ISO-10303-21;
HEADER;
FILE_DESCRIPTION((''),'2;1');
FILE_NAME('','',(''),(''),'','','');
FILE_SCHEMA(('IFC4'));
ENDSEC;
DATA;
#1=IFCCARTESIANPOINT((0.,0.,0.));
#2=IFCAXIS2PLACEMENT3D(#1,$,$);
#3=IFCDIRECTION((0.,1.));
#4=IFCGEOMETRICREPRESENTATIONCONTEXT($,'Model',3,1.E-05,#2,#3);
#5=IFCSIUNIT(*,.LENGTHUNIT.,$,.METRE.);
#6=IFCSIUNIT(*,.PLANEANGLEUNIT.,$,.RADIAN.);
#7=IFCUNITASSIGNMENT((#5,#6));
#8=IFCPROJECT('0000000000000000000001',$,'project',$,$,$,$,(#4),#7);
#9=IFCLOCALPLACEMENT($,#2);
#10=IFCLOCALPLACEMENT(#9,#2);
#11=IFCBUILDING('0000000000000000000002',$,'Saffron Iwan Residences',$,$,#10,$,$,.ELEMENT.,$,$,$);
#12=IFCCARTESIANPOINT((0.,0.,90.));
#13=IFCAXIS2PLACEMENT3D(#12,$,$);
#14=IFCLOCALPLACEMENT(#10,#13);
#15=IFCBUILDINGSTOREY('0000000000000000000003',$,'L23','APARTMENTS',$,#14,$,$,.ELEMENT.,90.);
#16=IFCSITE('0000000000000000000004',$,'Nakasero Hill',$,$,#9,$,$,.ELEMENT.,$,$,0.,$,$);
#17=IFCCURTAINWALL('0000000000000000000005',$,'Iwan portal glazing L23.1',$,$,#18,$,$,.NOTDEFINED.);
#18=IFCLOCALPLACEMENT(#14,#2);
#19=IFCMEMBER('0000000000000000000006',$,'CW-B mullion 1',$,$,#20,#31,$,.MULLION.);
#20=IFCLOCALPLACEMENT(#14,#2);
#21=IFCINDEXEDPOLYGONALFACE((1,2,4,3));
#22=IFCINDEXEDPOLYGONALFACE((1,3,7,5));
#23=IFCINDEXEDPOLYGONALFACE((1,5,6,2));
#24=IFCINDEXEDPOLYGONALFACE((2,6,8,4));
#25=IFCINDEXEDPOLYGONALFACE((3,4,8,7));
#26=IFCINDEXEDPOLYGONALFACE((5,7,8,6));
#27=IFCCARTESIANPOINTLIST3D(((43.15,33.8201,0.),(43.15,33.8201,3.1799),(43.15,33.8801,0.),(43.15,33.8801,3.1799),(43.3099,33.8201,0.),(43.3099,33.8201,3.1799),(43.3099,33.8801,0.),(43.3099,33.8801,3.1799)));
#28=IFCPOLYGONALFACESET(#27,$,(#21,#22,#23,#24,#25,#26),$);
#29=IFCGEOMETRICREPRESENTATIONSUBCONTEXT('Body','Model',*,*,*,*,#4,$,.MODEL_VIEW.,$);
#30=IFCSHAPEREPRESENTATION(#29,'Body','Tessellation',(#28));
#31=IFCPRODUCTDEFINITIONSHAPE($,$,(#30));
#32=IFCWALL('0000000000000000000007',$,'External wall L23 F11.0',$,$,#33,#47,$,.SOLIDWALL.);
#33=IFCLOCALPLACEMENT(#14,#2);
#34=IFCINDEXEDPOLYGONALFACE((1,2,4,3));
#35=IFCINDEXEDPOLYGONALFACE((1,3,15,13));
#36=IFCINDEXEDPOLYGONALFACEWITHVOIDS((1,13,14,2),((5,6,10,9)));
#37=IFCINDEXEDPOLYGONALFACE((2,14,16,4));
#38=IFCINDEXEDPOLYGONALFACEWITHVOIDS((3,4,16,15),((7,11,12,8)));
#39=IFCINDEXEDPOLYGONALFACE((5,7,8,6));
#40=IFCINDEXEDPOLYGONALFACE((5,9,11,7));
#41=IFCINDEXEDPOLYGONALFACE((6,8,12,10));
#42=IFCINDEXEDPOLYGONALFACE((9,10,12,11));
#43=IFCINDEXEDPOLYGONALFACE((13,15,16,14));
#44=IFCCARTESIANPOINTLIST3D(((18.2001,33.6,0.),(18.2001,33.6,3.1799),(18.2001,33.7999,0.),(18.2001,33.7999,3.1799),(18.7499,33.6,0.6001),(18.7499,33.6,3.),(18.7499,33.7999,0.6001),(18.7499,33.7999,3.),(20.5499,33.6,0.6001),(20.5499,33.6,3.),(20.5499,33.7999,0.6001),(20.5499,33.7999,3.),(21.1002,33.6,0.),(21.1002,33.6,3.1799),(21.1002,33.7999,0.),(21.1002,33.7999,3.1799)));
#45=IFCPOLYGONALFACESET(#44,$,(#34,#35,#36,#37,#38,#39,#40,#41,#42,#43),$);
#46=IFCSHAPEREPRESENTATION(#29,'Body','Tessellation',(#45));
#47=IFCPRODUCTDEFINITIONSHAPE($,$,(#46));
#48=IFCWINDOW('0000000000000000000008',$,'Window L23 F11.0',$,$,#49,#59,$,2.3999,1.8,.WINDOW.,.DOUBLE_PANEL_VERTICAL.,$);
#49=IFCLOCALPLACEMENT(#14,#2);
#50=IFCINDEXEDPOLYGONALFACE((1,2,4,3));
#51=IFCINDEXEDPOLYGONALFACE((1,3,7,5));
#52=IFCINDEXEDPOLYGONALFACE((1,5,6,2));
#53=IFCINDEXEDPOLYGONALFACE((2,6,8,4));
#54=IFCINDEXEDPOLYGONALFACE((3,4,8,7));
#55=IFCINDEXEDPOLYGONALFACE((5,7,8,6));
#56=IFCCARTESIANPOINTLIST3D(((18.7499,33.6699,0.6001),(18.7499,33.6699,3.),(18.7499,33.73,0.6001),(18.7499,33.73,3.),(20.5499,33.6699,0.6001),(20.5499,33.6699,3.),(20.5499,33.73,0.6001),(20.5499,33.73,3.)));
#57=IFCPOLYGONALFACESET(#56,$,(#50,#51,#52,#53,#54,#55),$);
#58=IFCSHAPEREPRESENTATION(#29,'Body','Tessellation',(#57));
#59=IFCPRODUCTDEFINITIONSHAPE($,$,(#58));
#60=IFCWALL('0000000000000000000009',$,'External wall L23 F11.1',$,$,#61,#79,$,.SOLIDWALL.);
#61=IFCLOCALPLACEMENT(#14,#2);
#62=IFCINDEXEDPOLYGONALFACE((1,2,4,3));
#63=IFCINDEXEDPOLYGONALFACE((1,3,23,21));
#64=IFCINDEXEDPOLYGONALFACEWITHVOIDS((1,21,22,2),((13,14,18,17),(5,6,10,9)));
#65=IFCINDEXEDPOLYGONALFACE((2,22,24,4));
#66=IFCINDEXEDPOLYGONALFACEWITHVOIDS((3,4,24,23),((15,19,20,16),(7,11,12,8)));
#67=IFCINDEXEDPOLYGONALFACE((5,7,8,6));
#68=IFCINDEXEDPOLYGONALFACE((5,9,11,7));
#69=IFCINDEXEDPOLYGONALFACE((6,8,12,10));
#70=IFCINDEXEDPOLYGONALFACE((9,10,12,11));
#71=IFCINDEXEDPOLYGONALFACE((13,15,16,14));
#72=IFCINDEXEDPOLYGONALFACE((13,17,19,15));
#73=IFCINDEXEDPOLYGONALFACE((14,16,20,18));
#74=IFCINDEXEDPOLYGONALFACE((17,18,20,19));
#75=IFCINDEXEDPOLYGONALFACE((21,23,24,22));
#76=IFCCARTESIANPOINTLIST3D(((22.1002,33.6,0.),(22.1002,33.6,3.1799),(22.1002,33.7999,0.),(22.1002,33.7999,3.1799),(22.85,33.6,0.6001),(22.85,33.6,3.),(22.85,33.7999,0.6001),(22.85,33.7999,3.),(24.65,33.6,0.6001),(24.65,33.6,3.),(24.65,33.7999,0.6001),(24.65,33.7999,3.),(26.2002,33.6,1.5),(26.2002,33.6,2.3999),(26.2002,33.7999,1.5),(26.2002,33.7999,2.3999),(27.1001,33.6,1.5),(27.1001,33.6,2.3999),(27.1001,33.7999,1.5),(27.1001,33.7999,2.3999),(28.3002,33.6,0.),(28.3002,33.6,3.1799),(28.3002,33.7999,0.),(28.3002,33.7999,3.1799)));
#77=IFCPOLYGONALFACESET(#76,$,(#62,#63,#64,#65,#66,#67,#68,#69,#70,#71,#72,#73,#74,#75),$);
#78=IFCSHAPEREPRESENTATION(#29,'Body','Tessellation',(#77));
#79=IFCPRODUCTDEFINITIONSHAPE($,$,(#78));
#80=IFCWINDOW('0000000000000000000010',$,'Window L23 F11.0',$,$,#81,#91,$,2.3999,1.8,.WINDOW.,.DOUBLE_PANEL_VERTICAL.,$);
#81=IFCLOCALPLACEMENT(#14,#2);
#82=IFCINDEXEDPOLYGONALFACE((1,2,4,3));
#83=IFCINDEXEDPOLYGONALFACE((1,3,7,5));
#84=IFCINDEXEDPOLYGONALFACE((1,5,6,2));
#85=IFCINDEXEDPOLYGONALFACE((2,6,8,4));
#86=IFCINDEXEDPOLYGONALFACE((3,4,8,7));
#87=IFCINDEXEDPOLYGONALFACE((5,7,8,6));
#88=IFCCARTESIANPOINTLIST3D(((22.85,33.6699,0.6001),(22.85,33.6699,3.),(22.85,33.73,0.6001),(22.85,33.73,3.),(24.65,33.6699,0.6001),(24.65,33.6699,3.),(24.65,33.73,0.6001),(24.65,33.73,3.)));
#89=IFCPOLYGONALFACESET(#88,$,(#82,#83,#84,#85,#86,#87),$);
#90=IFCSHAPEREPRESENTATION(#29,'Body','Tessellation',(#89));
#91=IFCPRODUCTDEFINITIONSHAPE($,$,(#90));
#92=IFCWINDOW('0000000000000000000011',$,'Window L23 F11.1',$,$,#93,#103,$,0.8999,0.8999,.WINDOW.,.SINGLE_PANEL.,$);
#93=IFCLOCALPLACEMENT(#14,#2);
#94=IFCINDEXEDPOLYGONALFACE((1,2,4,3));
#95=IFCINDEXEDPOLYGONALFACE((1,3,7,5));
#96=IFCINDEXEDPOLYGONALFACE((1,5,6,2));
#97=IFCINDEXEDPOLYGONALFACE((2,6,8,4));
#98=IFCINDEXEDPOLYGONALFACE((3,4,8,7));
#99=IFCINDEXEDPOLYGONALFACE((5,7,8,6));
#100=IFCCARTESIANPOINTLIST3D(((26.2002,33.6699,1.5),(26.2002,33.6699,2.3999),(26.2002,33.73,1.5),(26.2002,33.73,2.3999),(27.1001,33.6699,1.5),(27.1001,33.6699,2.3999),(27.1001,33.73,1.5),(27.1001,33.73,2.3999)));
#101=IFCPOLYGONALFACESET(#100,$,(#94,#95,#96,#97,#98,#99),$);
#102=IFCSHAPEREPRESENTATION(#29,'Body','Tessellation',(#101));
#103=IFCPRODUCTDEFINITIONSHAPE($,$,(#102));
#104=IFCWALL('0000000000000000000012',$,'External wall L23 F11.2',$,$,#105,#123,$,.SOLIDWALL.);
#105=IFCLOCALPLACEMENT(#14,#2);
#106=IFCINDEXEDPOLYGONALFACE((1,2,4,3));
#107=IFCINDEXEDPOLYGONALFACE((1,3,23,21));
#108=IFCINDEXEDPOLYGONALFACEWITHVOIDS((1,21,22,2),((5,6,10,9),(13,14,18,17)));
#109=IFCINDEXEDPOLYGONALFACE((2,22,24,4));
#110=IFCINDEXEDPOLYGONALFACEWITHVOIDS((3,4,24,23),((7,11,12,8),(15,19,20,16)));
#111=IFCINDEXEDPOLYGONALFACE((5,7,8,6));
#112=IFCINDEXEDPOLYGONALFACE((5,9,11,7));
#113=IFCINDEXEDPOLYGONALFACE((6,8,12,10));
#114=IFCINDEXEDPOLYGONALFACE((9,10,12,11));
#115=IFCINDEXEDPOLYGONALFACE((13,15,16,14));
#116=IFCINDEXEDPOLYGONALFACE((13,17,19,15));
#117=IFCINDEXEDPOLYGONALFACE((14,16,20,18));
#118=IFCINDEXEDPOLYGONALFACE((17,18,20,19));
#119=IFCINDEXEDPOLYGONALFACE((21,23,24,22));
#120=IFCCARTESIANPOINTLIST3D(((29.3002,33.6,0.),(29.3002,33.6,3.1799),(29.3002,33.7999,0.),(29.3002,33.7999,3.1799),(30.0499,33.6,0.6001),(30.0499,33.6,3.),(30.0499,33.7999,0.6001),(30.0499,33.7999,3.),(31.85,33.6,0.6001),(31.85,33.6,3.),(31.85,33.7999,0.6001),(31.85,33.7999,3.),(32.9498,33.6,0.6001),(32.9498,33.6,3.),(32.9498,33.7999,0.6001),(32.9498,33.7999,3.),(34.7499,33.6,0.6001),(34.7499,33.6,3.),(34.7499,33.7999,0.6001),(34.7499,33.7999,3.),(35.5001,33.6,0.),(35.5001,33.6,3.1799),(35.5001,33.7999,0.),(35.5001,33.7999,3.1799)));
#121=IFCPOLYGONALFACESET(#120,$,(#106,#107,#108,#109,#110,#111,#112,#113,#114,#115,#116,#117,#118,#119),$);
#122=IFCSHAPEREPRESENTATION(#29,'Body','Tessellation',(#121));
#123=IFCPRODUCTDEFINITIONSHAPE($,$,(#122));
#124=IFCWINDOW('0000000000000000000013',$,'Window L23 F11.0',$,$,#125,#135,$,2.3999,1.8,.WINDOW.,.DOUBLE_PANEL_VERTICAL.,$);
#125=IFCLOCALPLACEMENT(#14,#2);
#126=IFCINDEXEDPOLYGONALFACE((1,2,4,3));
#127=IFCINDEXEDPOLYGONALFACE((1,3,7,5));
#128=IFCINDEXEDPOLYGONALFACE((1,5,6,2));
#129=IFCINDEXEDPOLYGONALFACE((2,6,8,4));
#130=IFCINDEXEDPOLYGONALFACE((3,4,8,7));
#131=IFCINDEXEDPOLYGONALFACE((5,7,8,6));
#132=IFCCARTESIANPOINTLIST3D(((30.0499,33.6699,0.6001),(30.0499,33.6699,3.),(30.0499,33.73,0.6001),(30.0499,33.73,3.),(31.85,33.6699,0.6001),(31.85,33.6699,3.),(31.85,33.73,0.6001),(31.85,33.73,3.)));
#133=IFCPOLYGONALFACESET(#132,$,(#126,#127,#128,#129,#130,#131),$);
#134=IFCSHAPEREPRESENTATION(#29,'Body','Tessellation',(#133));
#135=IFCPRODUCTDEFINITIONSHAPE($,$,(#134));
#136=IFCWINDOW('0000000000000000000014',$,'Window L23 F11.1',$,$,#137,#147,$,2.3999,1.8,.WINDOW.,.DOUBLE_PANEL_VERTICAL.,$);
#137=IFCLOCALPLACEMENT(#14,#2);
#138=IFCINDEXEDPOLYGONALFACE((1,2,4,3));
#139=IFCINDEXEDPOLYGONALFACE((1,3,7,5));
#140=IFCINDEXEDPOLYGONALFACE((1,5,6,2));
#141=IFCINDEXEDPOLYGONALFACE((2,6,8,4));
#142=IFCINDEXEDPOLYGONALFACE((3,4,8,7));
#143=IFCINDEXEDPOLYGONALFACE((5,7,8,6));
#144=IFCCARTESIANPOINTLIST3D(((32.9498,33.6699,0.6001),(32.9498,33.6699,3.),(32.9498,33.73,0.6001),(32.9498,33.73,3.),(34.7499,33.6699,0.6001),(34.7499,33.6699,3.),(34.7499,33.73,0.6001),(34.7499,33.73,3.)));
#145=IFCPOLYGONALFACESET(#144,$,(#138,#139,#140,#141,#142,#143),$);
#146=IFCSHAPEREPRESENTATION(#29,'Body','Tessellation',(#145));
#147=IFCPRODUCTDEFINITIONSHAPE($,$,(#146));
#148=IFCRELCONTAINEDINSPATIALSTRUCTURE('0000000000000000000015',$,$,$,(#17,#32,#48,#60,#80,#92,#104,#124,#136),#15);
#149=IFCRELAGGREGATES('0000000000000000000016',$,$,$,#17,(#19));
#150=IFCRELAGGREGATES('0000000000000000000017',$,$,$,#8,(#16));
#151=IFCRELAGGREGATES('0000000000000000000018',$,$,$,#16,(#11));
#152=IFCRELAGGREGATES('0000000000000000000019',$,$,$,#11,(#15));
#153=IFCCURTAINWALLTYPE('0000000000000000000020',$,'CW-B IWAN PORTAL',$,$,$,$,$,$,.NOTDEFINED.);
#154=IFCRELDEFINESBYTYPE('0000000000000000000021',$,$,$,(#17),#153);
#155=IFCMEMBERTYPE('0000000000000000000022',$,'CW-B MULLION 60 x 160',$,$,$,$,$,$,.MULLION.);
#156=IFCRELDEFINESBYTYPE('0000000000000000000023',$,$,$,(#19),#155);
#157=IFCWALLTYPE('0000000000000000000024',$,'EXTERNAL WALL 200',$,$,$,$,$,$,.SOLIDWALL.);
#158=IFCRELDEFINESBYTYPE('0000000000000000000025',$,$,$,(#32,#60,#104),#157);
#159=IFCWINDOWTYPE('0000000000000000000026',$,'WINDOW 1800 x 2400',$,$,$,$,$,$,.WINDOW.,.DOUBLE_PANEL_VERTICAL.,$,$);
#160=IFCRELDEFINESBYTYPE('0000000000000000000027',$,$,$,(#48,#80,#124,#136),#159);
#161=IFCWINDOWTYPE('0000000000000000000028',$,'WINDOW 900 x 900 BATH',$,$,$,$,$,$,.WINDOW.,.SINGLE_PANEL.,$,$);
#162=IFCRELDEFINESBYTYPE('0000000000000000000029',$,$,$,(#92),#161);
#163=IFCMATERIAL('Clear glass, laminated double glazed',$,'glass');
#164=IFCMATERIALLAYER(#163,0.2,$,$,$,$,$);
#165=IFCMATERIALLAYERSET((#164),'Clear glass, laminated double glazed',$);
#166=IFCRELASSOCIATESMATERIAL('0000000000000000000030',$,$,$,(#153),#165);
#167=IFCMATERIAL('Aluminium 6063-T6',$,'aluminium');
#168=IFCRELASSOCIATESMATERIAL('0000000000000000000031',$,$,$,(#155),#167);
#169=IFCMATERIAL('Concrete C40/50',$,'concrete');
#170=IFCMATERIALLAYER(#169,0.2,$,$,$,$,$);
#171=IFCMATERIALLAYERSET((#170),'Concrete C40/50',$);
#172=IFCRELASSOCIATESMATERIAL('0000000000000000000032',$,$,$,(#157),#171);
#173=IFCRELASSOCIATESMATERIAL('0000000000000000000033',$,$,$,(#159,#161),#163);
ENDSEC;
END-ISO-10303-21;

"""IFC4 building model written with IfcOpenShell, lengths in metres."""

from ifc_helpers import new_model, si_unit, direction, frame, frame_2d, origin, origin_2d, place, context, subcontext, project, spatial, rectangle, extrude, source, transform, mapped, material, layer, layer_set, material_profile, profile_set, type_object, element, fill, aggregate, save


model = new_model("IFC4")

# Units and contexts
model_context = context("Model", 3, precision=1e-05, world=origin(), true_north=direction((0.0, 1.0)))
body_context = subcontext(model_context, "Body", "Model", "MODEL_VIEW")
ifc_project = project(units=[si_unit("LENGTHUNIT", "METRE"), si_unit("PLANEANGLEUNIT", "RADIAN")], contexts=[model_context])

# Site, building, storey
site_placement = place(None, origin())
site = spatial("IfcSite", under=ifc_project, at=site_placement, Name="Nakasero Hill", CompositionType="ELEMENT", RefElevation=0.0)
building_placement = place(site_placement, origin())
building = spatial("IfcBuilding", under=site, at=building_placement, Name="Saffron Iwan Residences", CompositionType="ELEMENT")
storey_placement = place(building_placement, frame((0.0, 0.0, 90.0)))
storey = spatial("IfcBuildingStorey", under=building, at=storey_placement, Name="L23", Description="APARTMENTS", CompositionType="ELEMENT", Elevation=90.0)

# Curtain wall, member
ifc_material_1 = material(Name="Clear glass, laminated double glazed", Category="glass")
ifc_layer_1 = layer(ifc_material_1, 0.2)
ifc_layer_set_1 = layer_set([ifc_layer_1], Name="Clear glass, laminated double glazed")
curtain_wall_type = type_object("IfcCurtainWallType", Name="CW-B IWAN PORTAL", PredefinedType="NOTDEFINED", material=ifc_layer_set_1)
curtain_wall_placement = place(storey_placement, origin())
curtain_wall = element("IfcCurtainWall", 1, at=curtain_wall_placement, inside=storey, type_object=curtain_wall_type, Name="Iwan portal glazing L23.1", PredefinedType="NOTDEFINED")
ifc_material_2 = material(Name="Aluminium 6063-T6", Category="aluminium")
ifc_material_profile = material_profile(ifc_material_2, rectangle(XDim=0.0601, YDim=0.1599, at=origin_2d()), Name="CW-B MULLION 60 x 160")
ifc_profile_set = profile_set([ifc_material_profile], Name="Aluminium 6063-T6")
member_type = type_object("IfcMemberType", Name="CW-B MULLION 60 x 160", PredefinedType="MULLION", material=ifc_profile_set)
shared_shape = source(origin(), body_context, "Body", "SweptSolid", [
    extrude(rectangle(XDim=0.0601, YDim=0.1599, at=origin_2d()), origin(), (0.0, 0.0, 1.0), 3.1799),
])
member_placement = place(storey_placement, frame((43.23, 33.8501, 0.0), z_axis=(0.0, 0.0, 1.0), x_axis=(0.0, 1.0, 0.0)))
member = element("IfcMember", 2, at=member_placement, type_object=member_type, Name="CW-B mullion 1", PredefinedType="MULLION", context=body_context, shape_type="MappedRepresentation", body=[
    mapped(shared_shape, transform((0.0, 0.0, 0.0))),
])
aggregate(curtain_wall, [member])

# Wall, opening, window
ifc_material_3 = material(Name="Concrete C40/50", Category="concrete")
ifc_layer_2 = layer(ifc_material_3, 0.2)
ifc_layer_set_2 = layer_set([ifc_layer_2], Name="Concrete C40/50")
wall_type_1 = type_object("IfcWallType", Name="EXTERNAL WALL 200", PredefinedType="SOLIDWALL", material=ifc_layer_set_2)
wall_1_placement = place(storey_placement, frame((18.2, 33.7, 0.0), z_axis=(0.0, 0.0, 1.0), x_axis=(1.0, 0.0, 0.0)))
wall_1 = element("IfcWall", 3, at=wall_1_placement, inside=storey, type_object=wall_type_1, Name="External wall L23 F11.0", PredefinedType="SOLIDWALL", context=body_context, shape_type="SweptSolid", body=[
    extrude(rectangle(XDim=2.9001, YDim=0.2, at=frame_2d((1.4502, 0.0))), origin(), (0.0, 0.0, 1.0), 3.1799),
])
opening_1_placement = place(wall_1_placement, frame((0.55, 0.0, 0.6001)))
opening_1 = element("IfcOpeningElement", 4, at=opening_1_placement, cuts=wall_1, PredefinedType="OPENING", context=body_context, shape_type="SweptSolid", body=[
    extrude(rectangle(XDim=1.8, YDim=2.3999, at=frame_2d((0.8999, 1.2))), frame((0.0, 0.1099, 0.0), z_axis=(0.0, -1.0, 0.0), x_axis=(1.0, 0.0, 0.0)), (0.0, 0.0, 1.0), 0.22),
])
window_type_1 = type_object("IfcWindowType", Name="WINDOW 1800 x 2400", PartitioningType="DOUBLE_PANEL_VERTICAL", PredefinedType="WINDOW", material=ifc_material_1)
window_1_placement = place(opening_1_placement, origin())
window_1 = element("IfcWindow", 5, at=window_1_placement, inside=storey, type_object=window_type_1, Name="Window L23 F11.0", OverallHeight=2.3999, OverallWidth=1.8, PartitioningType="DOUBLE_PANEL_VERTICAL", PredefinedType="WINDOW", context=body_context, shape_type="SweptSolid", body=[
    extrude(rectangle(XDim=1.8, YDim=2.3999, at=frame_2d((0.8999, 1.2))), frame((0.0, 0.03, 0.0), z_axis=(0.0, -1.0, 0.0), x_axis=(1.0, 0.0, 0.0)), (0.0, 0.0, 1.0), 0.0601),
])
fill(opening_1, window_1)

# Walls, openings, windows
wall_2_placement = place(storey_placement, frame((22.1001, 33.7, 0.0), z_axis=(0.0, 0.0, 1.0), x_axis=(1.0, 0.0, 0.0)))
wall_2 = element("IfcWall", 6, at=wall_2_placement, inside=storey, type_object=wall_type_1, Name="External wall L23 F11.1", PredefinedType="SOLIDWALL", context=body_context, shape_type="SweptSolid", body=[
    extrude(rectangle(XDim=6.2, YDim=0.2, at=frame_2d((3.1001, 0.0))), origin(), (0.0, 0.0, 1.0), 3.1799),
])
opening_2_placement = place(wall_2_placement, frame((0.75, 0.0, 0.6001)))
opening_2 = element("IfcOpeningElement", 7, at=opening_2_placement, cuts=wall_2, PredefinedType="OPENING", context=body_context, shape_type="SweptSolid", body=[
    extrude(rectangle(XDim=1.8, YDim=2.3999, at=frame_2d((0.8999, 1.2))), frame((0.0, 0.1099, 0.0), z_axis=(0.0, -1.0, 0.0), x_axis=(1.0, 0.0, 0.0)), (0.0, 0.0, 1.0), 0.22),
])
opening_3_placement = place(wall_2_placement, frame((4.1001, 0.0, 1.5)))
opening_3 = element("IfcOpeningElement", 8, at=opening_3_placement, cuts=wall_2, PredefinedType="OPENING", context=body_context, shape_type="SweptSolid", body=[
    extrude(rectangle(XDim=0.8999, YDim=0.8999, at=frame_2d((0.45, 0.45))), frame((0.0, 0.1099, 0.0), z_axis=(0.0, -1.0, 0.0), x_axis=(1.0, 0.0, 0.0)), (0.0, 0.0, 1.0), 0.22),
])
window_2_placement = place(opening_2_placement, origin())
window_2 = element("IfcWindow", 9, at=window_2_placement, inside=storey, type_object=window_type_1, Name="Window L23 F11.0", OverallHeight=2.3999, OverallWidth=1.8, PartitioningType="DOUBLE_PANEL_VERTICAL", PredefinedType="WINDOW", context=body_context, shape_type="SweptSolid", body=[
    extrude(rectangle(XDim=1.8, YDim=2.3999, at=frame_2d((0.8999, 1.2))), frame((0.0, 0.03, 0.0), z_axis=(0.0, -1.0, 0.0), x_axis=(1.0, 0.0, 0.0)), (0.0, 0.0, 1.0), 0.0601),
])
fill(opening_2, window_2)
window_type_2 = type_object("IfcWindowType", Name="WINDOW 900 x 900 BATH", PartitioningType="SINGLE_PANEL", PredefinedType="WINDOW", material=ifc_material_1)
window_3_placement = place(opening_3_placement, origin())
window_3 = element("IfcWindow", 10, at=window_3_placement, inside=storey, type_object=window_type_2, Name="Window L23 F11.1", OverallHeight=0.8999, OverallWidth=0.8999, PartitioningType="SINGLE_PANEL", PredefinedType="WINDOW", context=body_context, shape_type="SweptSolid", body=[
    extrude(rectangle(XDim=0.8999, YDim=0.8999, at=frame_2d((0.45, 0.45))), frame((0.0, 0.03, 0.0), z_axis=(0.0, -1.0, 0.0), x_axis=(1.0, 0.0, 0.0)), (0.0, 0.0, 1.0), 0.0601),
])
fill(opening_3, window_3)
wall_3_placement = place(storey_placement, frame((29.3, 33.7, 0.0), z_axis=(0.0, 0.0, 1.0), x_axis=(1.0, 0.0, 0.0)))
wall_3 = element("IfcWall", 11, at=wall_3_placement, inside=storey, type_object=wall_type_1, Name="External wall L23 F11.2", PredefinedType="SOLIDWALL", context=body_context, shape_type="SweptSolid", body=[
    extrude(rectangle(XDim=6.2, YDim=0.2, at=frame_2d((3.1001, 0.0))), origin(), (0.0, 0.0, 1.0), 3.1799),
])
opening_4_placement = place(wall_3_placement, frame((0.75, 0.0, 0.6001)))
opening_4 = element("IfcOpeningElement", 12, at=opening_4_placement, cuts=wall_3, PredefinedType="OPENING", context=body_context, shape_type="SweptSolid", body=[
    extrude(rectangle(XDim=1.8, YDim=2.3999, at=frame_2d((0.8999, 1.2))), frame((0.0, 0.1099, 0.0), z_axis=(0.0, -1.0, 0.0), x_axis=(1.0, 0.0, 0.0)), (0.0, 0.0, 1.0), 0.22),
])
opening_5_placement = place(wall_3_placement, frame((3.6499, 0.0, 0.6001)))
opening_5 = element("IfcOpeningElement", 13, at=opening_5_placement, cuts=wall_3, PredefinedType="OPENING", context=body_context, shape_type="SweptSolid", body=[
    extrude(rectangle(XDim=1.8, YDim=2.3999, at=frame_2d((0.8999, 1.2))), frame((0.0, 0.1099, 0.0), z_axis=(0.0, -1.0, 0.0), x_axis=(1.0, 0.0, 0.0)), (0.0, 0.0, 1.0), 0.22),
])
window_4_placement = place(opening_4_placement, origin())
window_4 = element("IfcWindow", 14, at=window_4_placement, inside=storey, type_object=window_type_1, Name="Window L23 F11.0", OverallHeight=2.3999, OverallWidth=1.8, PartitioningType="DOUBLE_PANEL_VERTICAL", PredefinedType="WINDOW", context=body_context, shape_type="SweptSolid", body=[
    extrude(rectangle(XDim=1.8, YDim=2.3999, at=frame_2d((0.8999, 1.2))), frame((0.0, 0.03, 0.0), z_axis=(0.0, -1.0, 0.0), x_axis=(1.0, 0.0, 0.0)), (0.0, 0.0, 1.0), 0.0601),
])
fill(opening_4, window_4)
window_5_placement = place(opening_5_placement, origin())
window_5 = element("IfcWindow", 15, at=window_5_placement, inside=storey, type_object=window_type_1, Name="Window L23 F11.1", OverallHeight=2.3999, OverallWidth=1.8, PartitioningType="DOUBLE_PANEL_VERTICAL", PredefinedType="WINDOW", context=body_context, shape_type="SweptSolid", body=[
    extrude(rectangle(XDim=1.8, YDim=2.3999, at=frame_2d((0.8999, 1.2))), frame((0.0, 0.03, 0.0), z_axis=(0.0, -1.0, 0.0), x_axis=(1.0, 0.0, 0.0)), (0.0, 0.0, 1.0), 0.0601),
])
fill(opening_5, window_5)

save(model, "model.ifc")
